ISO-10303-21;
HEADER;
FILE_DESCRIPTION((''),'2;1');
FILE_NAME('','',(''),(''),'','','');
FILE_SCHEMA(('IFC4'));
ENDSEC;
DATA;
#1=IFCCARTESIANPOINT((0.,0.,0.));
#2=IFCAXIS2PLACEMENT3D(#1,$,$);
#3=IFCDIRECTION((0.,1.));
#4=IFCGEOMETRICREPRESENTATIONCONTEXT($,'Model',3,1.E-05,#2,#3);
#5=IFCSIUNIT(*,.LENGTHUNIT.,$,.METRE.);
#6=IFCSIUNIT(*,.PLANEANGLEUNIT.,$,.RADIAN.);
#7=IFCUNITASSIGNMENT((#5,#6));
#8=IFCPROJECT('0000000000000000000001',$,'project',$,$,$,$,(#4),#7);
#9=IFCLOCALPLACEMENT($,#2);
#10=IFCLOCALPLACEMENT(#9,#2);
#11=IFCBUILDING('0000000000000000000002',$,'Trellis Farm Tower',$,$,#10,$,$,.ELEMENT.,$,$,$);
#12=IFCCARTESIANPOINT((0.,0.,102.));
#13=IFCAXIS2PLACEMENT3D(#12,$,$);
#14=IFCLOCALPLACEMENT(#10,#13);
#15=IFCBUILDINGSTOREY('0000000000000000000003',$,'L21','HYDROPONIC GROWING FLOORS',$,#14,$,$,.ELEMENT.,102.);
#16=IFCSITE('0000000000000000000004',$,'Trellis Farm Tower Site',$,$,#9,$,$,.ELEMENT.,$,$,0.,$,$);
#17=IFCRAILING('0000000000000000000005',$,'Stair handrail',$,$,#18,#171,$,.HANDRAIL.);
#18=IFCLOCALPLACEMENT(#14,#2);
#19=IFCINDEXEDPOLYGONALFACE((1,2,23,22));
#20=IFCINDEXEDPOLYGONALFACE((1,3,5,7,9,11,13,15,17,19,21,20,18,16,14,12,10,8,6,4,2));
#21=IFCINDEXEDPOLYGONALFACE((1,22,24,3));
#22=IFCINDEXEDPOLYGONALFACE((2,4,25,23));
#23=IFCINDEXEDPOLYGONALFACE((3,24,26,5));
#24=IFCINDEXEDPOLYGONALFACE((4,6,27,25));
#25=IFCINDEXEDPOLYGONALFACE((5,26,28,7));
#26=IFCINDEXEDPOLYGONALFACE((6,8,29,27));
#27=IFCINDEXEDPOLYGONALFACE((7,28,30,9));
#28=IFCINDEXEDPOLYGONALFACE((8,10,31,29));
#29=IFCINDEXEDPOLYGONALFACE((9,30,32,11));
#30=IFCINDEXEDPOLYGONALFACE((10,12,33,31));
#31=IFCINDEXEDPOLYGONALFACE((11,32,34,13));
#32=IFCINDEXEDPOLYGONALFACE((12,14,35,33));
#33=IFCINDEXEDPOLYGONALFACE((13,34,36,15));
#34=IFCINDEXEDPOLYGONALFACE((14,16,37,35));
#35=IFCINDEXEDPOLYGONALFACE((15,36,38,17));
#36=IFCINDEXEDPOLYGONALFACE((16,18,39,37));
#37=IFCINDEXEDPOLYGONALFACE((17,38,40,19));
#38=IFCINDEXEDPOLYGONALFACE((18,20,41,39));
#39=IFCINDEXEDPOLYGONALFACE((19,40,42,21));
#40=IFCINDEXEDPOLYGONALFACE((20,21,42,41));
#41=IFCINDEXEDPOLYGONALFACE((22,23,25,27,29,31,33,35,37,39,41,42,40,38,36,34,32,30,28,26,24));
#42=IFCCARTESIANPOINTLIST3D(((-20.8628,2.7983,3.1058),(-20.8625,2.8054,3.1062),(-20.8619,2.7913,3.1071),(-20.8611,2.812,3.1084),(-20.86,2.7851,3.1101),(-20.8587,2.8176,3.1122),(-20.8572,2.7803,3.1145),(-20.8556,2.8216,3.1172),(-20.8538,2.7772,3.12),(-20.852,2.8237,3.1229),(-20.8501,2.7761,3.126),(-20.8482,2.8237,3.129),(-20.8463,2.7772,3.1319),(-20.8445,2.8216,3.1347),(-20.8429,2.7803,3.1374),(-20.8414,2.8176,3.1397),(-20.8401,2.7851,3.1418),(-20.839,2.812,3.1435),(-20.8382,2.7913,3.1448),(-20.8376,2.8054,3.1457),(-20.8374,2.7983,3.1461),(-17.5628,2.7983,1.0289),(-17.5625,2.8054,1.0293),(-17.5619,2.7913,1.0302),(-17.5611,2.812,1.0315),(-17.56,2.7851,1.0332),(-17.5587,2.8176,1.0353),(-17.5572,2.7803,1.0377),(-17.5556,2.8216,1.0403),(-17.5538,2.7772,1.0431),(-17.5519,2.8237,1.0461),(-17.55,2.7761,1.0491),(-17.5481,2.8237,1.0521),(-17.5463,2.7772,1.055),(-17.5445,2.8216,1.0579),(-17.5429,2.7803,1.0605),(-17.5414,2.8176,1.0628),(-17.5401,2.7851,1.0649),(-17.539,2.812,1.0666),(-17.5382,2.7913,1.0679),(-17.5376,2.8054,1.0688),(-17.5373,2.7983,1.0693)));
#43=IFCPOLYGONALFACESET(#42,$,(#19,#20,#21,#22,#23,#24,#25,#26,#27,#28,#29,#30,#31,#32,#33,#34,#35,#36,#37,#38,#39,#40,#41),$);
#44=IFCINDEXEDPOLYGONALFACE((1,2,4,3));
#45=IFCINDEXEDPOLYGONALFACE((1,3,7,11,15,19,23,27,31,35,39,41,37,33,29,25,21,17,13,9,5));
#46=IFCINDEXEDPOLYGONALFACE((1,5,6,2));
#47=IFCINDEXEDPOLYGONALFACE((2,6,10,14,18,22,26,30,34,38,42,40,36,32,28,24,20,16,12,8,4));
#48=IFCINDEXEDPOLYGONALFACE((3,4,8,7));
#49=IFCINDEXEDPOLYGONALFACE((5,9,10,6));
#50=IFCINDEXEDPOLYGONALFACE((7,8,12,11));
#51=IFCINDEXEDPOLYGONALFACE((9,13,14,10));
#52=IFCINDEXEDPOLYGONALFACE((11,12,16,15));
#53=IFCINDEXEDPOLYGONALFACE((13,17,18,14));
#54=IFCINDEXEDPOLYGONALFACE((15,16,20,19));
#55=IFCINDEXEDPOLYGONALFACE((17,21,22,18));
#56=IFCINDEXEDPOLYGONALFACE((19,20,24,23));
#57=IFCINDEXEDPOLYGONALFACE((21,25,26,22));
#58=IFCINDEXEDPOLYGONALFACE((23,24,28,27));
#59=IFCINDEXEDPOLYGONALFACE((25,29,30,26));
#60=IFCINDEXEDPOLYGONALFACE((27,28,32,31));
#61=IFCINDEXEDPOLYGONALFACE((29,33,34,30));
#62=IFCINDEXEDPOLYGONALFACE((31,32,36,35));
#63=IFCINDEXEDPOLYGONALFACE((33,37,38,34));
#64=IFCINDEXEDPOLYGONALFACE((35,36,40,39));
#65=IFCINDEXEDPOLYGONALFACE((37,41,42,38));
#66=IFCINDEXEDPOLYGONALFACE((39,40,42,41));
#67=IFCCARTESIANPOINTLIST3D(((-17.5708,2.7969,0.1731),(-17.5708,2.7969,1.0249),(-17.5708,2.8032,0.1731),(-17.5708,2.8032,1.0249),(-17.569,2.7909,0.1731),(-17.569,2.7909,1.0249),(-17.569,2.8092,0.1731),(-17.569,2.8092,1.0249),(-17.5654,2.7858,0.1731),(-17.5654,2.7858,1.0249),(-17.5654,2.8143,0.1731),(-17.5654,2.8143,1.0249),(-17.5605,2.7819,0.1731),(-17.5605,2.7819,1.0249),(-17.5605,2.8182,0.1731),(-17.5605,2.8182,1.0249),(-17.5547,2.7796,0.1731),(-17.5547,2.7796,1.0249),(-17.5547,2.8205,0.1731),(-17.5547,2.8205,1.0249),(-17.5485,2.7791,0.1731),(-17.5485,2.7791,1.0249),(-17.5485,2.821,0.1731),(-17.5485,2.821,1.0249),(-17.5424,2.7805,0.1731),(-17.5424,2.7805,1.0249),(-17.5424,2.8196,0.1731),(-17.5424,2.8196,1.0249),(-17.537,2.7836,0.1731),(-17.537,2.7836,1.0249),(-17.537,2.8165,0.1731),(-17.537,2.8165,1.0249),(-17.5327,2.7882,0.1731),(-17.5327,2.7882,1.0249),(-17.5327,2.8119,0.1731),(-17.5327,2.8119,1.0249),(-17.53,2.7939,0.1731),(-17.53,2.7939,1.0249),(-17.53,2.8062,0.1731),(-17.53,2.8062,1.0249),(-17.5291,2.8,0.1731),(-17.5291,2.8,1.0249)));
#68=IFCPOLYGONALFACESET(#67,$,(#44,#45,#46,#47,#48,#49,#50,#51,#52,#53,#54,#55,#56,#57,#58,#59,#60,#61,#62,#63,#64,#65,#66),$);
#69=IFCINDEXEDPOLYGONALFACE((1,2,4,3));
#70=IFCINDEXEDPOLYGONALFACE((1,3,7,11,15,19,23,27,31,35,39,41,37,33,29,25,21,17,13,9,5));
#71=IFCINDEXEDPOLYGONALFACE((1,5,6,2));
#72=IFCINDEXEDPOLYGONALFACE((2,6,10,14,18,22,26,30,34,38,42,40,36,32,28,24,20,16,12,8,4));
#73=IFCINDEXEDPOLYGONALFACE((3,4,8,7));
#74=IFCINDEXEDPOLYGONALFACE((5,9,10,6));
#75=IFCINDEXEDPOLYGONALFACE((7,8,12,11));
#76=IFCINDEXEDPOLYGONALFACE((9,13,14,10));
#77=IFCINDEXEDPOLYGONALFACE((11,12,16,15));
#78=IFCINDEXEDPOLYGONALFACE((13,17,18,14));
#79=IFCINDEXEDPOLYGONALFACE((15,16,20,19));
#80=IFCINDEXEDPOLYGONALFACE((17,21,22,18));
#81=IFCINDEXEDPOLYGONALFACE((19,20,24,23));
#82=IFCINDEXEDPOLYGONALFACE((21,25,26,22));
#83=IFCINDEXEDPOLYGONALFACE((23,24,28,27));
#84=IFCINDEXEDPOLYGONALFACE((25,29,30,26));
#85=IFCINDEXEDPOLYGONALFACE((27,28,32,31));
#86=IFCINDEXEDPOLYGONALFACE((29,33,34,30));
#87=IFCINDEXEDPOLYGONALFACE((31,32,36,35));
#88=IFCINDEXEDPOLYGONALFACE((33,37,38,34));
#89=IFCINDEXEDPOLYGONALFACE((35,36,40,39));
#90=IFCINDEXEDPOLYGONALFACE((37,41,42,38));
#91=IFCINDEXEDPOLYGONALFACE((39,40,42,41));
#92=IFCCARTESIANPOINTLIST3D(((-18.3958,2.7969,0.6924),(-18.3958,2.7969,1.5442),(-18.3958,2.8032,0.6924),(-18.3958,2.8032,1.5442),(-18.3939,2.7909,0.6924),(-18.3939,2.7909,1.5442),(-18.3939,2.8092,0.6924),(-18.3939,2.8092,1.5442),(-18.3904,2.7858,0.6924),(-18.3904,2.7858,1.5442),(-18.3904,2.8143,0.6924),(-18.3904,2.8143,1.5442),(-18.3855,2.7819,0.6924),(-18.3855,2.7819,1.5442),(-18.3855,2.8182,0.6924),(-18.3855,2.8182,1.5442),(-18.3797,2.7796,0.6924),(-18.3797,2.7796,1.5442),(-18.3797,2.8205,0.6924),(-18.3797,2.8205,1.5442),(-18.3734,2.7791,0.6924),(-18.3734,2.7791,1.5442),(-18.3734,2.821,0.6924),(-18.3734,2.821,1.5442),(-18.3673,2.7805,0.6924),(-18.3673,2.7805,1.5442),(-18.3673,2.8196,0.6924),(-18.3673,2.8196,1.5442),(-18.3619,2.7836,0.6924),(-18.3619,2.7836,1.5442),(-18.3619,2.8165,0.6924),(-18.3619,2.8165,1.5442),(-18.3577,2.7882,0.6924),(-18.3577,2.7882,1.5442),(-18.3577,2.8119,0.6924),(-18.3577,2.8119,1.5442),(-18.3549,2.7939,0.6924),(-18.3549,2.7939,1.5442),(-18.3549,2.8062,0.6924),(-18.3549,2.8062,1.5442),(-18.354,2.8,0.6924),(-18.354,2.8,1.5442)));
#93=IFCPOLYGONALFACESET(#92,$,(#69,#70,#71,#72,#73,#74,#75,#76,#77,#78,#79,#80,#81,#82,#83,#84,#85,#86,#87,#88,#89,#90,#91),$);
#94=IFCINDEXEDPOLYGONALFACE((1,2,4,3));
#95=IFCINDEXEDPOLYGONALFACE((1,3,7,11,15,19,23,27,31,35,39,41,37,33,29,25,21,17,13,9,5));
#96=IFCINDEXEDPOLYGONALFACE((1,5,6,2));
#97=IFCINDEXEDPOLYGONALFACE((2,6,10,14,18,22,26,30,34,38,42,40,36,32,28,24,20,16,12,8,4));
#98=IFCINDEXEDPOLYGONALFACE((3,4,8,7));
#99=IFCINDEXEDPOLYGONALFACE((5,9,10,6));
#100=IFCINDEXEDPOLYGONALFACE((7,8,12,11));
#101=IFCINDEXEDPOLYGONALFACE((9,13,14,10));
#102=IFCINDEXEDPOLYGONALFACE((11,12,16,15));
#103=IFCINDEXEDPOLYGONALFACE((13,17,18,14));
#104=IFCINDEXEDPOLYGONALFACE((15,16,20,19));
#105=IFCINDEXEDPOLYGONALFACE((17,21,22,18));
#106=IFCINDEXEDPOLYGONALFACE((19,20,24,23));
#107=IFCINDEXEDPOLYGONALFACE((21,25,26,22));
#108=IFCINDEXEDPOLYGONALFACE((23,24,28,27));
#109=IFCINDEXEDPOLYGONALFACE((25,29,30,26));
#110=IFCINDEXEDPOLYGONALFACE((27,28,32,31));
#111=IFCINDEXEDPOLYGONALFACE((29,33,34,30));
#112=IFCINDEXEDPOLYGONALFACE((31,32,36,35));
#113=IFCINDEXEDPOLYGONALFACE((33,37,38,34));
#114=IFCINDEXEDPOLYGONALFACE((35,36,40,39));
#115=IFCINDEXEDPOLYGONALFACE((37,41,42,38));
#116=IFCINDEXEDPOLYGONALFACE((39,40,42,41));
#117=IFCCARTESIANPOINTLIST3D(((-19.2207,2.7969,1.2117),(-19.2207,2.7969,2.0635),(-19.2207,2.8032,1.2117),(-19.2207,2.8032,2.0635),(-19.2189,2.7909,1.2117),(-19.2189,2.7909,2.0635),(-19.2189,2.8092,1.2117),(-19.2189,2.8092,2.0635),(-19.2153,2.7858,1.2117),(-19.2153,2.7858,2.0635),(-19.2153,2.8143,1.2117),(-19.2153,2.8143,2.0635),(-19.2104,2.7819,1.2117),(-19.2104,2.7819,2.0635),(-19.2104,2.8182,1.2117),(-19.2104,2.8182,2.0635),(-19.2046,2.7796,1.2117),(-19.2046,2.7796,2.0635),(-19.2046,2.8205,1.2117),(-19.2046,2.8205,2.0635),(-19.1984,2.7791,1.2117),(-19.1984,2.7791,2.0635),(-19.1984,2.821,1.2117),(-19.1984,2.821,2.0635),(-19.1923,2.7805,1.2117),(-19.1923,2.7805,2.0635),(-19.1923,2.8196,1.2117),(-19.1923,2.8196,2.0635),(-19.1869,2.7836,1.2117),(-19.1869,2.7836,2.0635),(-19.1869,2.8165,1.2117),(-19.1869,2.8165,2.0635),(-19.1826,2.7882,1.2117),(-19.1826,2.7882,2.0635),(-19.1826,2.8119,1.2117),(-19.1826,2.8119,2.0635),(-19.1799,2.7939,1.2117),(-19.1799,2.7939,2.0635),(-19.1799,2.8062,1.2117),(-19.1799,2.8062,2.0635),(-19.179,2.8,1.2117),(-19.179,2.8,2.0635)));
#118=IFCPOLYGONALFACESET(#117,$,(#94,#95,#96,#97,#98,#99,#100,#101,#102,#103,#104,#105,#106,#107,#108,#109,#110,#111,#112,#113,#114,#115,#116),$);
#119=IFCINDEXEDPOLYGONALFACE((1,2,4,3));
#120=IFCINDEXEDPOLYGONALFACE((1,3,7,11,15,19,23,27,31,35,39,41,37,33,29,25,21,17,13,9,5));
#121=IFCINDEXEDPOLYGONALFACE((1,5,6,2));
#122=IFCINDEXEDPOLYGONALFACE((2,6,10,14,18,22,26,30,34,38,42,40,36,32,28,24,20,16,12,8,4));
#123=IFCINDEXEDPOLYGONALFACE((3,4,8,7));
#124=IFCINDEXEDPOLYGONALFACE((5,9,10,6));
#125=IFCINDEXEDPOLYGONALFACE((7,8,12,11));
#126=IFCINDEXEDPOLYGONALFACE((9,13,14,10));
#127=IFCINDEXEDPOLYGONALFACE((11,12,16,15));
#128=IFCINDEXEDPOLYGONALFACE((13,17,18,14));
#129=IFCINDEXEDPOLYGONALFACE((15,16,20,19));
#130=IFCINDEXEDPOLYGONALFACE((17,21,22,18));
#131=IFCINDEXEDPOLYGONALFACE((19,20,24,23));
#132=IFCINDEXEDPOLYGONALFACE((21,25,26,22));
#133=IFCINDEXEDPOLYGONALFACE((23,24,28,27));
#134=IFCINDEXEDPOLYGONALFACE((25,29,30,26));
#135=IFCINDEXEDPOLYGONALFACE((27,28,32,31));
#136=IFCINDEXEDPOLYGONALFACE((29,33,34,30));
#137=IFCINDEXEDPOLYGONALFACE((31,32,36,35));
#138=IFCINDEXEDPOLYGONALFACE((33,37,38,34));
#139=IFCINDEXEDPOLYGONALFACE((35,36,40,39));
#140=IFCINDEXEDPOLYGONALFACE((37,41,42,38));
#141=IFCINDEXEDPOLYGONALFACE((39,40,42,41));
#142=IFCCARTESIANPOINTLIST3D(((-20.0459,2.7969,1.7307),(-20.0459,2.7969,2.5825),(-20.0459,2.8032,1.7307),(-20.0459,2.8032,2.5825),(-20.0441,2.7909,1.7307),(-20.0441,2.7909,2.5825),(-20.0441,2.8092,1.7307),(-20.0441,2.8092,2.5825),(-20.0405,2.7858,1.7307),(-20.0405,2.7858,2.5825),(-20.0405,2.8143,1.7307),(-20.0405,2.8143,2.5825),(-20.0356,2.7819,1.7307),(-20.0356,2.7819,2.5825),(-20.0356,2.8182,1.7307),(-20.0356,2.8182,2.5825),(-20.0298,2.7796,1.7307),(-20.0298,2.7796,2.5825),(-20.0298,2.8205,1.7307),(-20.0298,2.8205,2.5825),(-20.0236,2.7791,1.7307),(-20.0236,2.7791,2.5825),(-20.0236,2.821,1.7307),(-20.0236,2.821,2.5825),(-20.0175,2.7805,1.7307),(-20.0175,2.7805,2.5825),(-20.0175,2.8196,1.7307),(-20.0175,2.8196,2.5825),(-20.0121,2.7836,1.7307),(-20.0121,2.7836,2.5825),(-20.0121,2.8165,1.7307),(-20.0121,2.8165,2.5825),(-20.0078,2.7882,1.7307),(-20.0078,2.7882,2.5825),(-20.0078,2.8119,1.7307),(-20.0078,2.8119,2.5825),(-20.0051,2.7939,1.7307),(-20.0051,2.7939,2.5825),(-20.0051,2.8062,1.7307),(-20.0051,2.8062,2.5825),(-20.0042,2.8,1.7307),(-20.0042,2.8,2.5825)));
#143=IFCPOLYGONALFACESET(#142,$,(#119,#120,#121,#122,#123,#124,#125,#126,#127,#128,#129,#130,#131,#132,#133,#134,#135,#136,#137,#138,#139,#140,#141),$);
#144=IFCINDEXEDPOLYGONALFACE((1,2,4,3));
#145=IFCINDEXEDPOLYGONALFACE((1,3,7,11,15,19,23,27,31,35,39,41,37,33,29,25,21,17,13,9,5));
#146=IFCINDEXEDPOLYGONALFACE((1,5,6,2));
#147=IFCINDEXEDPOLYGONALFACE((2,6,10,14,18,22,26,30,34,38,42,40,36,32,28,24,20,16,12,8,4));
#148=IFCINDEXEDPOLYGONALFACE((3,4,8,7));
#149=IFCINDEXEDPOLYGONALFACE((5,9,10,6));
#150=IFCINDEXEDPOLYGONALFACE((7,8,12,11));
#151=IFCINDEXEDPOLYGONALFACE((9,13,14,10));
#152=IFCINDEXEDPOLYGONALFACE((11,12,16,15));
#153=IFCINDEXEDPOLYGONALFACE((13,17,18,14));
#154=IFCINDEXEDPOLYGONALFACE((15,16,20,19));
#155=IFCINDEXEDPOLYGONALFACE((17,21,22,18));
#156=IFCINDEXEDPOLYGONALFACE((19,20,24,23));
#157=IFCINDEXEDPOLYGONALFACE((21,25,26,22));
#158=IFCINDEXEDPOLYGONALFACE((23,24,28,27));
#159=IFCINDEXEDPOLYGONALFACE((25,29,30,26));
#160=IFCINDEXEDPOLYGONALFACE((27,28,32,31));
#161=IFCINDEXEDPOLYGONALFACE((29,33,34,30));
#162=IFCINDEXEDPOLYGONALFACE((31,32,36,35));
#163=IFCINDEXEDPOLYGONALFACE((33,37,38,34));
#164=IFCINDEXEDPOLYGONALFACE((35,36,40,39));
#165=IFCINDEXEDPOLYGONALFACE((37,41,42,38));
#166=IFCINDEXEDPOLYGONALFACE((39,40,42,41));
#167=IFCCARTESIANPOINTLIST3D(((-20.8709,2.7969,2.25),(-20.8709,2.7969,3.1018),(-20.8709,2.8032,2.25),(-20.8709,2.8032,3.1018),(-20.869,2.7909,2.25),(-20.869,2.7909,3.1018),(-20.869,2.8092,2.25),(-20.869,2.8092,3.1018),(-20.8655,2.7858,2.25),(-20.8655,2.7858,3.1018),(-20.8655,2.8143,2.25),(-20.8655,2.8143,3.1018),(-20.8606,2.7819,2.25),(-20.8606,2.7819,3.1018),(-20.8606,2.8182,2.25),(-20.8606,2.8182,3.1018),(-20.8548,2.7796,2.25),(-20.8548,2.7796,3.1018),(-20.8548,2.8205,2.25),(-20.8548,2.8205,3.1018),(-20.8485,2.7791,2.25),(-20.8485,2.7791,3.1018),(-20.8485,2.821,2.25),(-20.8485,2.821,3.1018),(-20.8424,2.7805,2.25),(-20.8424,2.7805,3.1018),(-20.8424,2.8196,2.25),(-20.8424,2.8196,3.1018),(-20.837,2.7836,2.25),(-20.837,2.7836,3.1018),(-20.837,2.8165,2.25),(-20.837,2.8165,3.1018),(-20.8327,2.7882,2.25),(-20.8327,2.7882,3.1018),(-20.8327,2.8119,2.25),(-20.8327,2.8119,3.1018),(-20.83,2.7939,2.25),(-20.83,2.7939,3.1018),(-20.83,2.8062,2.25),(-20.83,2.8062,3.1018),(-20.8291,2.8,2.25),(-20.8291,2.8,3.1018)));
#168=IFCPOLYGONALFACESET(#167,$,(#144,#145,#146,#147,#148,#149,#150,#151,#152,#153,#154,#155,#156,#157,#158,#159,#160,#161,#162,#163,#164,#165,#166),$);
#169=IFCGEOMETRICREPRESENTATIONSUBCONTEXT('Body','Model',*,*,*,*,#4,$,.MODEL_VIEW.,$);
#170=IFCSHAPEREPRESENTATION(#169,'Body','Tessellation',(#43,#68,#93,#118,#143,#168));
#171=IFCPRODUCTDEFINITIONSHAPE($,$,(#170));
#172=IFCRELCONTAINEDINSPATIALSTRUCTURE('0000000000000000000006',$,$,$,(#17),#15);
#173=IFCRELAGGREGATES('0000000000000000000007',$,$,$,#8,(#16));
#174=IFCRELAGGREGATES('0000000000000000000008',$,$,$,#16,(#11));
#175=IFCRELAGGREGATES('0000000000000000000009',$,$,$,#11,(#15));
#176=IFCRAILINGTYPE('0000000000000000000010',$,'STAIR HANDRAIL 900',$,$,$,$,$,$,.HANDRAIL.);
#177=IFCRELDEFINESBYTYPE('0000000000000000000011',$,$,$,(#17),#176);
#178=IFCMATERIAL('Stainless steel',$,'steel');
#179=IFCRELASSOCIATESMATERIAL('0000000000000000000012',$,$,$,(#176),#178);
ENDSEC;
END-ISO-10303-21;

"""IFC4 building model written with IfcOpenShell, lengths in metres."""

from ifc_helpers import new_model, si_unit, direction, frame, origin, origin_2d, place, context, subcontext, project, spatial, circle, extrude, source, transform, mapped, material, type_object, element, save


model = new_model("IFC4")

# Units and contexts
model_context = context("Model", 3, precision=1e-05, world=origin(), true_north=direction((0.0, 1.0)))
body_context = subcontext(model_context, "Body", "Model", "MODEL_VIEW")
ifc_project = project(units=[si_unit("LENGTHUNIT", "METRE"), si_unit("PLANEANGLEUNIT", "RADIAN")], contexts=[model_context])

# Site, building, storey
site_placement = place(None, origin())
site = spatial("IfcSite", under=ifc_project, at=site_placement, Name="Trellis Farm Tower Site", CompositionType="ELEMENT", RefElevation=0.0)
building_placement = place(site_placement, origin())
building = spatial("IfcBuilding", under=site, at=building_placement, Name="Trellis Farm Tower", CompositionType="ELEMENT")
storey_placement = place(building_placement, frame((0.0, 0.0, 102.0)))
storey = spatial("IfcBuildingStorey", under=building, at=storey_placement, Name="L21", Description="HYDROPONIC GROWING FLOORS", CompositionType="ELEMENT", Elevation=102.0)

# Railing
ifc_material_1 = material(Name="Stainless steel", Category="steel")
railing_type = type_object("IfcRailingType", Name="STAIR HANDRAIL 900", PredefinedType="HANDRAIL", material=ifc_material_1)
shared_shape_1 = source(origin(), body_context, "Body", "SweptSolid", [
    extrude(circle(Radius=0.0239, at=origin_2d()), frame((0.0, 0.0, 0.876), z_axis=(-0.846337, 0.0, 0.532647), x_axis=(0.0, -1.0, 0.0)), (0.0, 0.0, 1.0), 3.8992),
    extrude(circle(Radius=0.021, at=origin_2d()), origin(), (0.0, 0.0, 1.0), 0.8518),
    extrude(circle(Radius=0.021, at=origin_2d()), frame((-0.825, 0.0, 0.5193)), (0.0, 0.0, 1.0), 0.8518),
    extrude(circle(Radius=0.021, at=origin_2d()), frame((-1.6499, 0.0, 1.0386)), (0.0, 0.0, 1.0), 0.8518),
    extrude(circle(Radius=0.021, at=origin_2d()), frame((-2.4751, 0.0, 1.5576)), (0.0, 0.0, 1.0), 0.8518),
    extrude(circle(Radius=0.021, at=origin_2d()), frame((-3.3, 0.0, 2.0769)), (0.0, 0.0, 1.0), 0.8518),
])
for number, where, name in (
    (1, (-17.55, 2.8, 0.1731), "Stair handrail"),
):
    element("IfcRailing", number, at=place(storey_placement, frame(where)), inside=storey, type_object=railing_type, Name=name, PredefinedType="HANDRAIL", context=body_context, shape_type="MappedRepresentation", body=[
        mapped(shared_shape_1, transform((0.0, 0.0, 0.0))),
    ])

save(model, "model.ifc")
